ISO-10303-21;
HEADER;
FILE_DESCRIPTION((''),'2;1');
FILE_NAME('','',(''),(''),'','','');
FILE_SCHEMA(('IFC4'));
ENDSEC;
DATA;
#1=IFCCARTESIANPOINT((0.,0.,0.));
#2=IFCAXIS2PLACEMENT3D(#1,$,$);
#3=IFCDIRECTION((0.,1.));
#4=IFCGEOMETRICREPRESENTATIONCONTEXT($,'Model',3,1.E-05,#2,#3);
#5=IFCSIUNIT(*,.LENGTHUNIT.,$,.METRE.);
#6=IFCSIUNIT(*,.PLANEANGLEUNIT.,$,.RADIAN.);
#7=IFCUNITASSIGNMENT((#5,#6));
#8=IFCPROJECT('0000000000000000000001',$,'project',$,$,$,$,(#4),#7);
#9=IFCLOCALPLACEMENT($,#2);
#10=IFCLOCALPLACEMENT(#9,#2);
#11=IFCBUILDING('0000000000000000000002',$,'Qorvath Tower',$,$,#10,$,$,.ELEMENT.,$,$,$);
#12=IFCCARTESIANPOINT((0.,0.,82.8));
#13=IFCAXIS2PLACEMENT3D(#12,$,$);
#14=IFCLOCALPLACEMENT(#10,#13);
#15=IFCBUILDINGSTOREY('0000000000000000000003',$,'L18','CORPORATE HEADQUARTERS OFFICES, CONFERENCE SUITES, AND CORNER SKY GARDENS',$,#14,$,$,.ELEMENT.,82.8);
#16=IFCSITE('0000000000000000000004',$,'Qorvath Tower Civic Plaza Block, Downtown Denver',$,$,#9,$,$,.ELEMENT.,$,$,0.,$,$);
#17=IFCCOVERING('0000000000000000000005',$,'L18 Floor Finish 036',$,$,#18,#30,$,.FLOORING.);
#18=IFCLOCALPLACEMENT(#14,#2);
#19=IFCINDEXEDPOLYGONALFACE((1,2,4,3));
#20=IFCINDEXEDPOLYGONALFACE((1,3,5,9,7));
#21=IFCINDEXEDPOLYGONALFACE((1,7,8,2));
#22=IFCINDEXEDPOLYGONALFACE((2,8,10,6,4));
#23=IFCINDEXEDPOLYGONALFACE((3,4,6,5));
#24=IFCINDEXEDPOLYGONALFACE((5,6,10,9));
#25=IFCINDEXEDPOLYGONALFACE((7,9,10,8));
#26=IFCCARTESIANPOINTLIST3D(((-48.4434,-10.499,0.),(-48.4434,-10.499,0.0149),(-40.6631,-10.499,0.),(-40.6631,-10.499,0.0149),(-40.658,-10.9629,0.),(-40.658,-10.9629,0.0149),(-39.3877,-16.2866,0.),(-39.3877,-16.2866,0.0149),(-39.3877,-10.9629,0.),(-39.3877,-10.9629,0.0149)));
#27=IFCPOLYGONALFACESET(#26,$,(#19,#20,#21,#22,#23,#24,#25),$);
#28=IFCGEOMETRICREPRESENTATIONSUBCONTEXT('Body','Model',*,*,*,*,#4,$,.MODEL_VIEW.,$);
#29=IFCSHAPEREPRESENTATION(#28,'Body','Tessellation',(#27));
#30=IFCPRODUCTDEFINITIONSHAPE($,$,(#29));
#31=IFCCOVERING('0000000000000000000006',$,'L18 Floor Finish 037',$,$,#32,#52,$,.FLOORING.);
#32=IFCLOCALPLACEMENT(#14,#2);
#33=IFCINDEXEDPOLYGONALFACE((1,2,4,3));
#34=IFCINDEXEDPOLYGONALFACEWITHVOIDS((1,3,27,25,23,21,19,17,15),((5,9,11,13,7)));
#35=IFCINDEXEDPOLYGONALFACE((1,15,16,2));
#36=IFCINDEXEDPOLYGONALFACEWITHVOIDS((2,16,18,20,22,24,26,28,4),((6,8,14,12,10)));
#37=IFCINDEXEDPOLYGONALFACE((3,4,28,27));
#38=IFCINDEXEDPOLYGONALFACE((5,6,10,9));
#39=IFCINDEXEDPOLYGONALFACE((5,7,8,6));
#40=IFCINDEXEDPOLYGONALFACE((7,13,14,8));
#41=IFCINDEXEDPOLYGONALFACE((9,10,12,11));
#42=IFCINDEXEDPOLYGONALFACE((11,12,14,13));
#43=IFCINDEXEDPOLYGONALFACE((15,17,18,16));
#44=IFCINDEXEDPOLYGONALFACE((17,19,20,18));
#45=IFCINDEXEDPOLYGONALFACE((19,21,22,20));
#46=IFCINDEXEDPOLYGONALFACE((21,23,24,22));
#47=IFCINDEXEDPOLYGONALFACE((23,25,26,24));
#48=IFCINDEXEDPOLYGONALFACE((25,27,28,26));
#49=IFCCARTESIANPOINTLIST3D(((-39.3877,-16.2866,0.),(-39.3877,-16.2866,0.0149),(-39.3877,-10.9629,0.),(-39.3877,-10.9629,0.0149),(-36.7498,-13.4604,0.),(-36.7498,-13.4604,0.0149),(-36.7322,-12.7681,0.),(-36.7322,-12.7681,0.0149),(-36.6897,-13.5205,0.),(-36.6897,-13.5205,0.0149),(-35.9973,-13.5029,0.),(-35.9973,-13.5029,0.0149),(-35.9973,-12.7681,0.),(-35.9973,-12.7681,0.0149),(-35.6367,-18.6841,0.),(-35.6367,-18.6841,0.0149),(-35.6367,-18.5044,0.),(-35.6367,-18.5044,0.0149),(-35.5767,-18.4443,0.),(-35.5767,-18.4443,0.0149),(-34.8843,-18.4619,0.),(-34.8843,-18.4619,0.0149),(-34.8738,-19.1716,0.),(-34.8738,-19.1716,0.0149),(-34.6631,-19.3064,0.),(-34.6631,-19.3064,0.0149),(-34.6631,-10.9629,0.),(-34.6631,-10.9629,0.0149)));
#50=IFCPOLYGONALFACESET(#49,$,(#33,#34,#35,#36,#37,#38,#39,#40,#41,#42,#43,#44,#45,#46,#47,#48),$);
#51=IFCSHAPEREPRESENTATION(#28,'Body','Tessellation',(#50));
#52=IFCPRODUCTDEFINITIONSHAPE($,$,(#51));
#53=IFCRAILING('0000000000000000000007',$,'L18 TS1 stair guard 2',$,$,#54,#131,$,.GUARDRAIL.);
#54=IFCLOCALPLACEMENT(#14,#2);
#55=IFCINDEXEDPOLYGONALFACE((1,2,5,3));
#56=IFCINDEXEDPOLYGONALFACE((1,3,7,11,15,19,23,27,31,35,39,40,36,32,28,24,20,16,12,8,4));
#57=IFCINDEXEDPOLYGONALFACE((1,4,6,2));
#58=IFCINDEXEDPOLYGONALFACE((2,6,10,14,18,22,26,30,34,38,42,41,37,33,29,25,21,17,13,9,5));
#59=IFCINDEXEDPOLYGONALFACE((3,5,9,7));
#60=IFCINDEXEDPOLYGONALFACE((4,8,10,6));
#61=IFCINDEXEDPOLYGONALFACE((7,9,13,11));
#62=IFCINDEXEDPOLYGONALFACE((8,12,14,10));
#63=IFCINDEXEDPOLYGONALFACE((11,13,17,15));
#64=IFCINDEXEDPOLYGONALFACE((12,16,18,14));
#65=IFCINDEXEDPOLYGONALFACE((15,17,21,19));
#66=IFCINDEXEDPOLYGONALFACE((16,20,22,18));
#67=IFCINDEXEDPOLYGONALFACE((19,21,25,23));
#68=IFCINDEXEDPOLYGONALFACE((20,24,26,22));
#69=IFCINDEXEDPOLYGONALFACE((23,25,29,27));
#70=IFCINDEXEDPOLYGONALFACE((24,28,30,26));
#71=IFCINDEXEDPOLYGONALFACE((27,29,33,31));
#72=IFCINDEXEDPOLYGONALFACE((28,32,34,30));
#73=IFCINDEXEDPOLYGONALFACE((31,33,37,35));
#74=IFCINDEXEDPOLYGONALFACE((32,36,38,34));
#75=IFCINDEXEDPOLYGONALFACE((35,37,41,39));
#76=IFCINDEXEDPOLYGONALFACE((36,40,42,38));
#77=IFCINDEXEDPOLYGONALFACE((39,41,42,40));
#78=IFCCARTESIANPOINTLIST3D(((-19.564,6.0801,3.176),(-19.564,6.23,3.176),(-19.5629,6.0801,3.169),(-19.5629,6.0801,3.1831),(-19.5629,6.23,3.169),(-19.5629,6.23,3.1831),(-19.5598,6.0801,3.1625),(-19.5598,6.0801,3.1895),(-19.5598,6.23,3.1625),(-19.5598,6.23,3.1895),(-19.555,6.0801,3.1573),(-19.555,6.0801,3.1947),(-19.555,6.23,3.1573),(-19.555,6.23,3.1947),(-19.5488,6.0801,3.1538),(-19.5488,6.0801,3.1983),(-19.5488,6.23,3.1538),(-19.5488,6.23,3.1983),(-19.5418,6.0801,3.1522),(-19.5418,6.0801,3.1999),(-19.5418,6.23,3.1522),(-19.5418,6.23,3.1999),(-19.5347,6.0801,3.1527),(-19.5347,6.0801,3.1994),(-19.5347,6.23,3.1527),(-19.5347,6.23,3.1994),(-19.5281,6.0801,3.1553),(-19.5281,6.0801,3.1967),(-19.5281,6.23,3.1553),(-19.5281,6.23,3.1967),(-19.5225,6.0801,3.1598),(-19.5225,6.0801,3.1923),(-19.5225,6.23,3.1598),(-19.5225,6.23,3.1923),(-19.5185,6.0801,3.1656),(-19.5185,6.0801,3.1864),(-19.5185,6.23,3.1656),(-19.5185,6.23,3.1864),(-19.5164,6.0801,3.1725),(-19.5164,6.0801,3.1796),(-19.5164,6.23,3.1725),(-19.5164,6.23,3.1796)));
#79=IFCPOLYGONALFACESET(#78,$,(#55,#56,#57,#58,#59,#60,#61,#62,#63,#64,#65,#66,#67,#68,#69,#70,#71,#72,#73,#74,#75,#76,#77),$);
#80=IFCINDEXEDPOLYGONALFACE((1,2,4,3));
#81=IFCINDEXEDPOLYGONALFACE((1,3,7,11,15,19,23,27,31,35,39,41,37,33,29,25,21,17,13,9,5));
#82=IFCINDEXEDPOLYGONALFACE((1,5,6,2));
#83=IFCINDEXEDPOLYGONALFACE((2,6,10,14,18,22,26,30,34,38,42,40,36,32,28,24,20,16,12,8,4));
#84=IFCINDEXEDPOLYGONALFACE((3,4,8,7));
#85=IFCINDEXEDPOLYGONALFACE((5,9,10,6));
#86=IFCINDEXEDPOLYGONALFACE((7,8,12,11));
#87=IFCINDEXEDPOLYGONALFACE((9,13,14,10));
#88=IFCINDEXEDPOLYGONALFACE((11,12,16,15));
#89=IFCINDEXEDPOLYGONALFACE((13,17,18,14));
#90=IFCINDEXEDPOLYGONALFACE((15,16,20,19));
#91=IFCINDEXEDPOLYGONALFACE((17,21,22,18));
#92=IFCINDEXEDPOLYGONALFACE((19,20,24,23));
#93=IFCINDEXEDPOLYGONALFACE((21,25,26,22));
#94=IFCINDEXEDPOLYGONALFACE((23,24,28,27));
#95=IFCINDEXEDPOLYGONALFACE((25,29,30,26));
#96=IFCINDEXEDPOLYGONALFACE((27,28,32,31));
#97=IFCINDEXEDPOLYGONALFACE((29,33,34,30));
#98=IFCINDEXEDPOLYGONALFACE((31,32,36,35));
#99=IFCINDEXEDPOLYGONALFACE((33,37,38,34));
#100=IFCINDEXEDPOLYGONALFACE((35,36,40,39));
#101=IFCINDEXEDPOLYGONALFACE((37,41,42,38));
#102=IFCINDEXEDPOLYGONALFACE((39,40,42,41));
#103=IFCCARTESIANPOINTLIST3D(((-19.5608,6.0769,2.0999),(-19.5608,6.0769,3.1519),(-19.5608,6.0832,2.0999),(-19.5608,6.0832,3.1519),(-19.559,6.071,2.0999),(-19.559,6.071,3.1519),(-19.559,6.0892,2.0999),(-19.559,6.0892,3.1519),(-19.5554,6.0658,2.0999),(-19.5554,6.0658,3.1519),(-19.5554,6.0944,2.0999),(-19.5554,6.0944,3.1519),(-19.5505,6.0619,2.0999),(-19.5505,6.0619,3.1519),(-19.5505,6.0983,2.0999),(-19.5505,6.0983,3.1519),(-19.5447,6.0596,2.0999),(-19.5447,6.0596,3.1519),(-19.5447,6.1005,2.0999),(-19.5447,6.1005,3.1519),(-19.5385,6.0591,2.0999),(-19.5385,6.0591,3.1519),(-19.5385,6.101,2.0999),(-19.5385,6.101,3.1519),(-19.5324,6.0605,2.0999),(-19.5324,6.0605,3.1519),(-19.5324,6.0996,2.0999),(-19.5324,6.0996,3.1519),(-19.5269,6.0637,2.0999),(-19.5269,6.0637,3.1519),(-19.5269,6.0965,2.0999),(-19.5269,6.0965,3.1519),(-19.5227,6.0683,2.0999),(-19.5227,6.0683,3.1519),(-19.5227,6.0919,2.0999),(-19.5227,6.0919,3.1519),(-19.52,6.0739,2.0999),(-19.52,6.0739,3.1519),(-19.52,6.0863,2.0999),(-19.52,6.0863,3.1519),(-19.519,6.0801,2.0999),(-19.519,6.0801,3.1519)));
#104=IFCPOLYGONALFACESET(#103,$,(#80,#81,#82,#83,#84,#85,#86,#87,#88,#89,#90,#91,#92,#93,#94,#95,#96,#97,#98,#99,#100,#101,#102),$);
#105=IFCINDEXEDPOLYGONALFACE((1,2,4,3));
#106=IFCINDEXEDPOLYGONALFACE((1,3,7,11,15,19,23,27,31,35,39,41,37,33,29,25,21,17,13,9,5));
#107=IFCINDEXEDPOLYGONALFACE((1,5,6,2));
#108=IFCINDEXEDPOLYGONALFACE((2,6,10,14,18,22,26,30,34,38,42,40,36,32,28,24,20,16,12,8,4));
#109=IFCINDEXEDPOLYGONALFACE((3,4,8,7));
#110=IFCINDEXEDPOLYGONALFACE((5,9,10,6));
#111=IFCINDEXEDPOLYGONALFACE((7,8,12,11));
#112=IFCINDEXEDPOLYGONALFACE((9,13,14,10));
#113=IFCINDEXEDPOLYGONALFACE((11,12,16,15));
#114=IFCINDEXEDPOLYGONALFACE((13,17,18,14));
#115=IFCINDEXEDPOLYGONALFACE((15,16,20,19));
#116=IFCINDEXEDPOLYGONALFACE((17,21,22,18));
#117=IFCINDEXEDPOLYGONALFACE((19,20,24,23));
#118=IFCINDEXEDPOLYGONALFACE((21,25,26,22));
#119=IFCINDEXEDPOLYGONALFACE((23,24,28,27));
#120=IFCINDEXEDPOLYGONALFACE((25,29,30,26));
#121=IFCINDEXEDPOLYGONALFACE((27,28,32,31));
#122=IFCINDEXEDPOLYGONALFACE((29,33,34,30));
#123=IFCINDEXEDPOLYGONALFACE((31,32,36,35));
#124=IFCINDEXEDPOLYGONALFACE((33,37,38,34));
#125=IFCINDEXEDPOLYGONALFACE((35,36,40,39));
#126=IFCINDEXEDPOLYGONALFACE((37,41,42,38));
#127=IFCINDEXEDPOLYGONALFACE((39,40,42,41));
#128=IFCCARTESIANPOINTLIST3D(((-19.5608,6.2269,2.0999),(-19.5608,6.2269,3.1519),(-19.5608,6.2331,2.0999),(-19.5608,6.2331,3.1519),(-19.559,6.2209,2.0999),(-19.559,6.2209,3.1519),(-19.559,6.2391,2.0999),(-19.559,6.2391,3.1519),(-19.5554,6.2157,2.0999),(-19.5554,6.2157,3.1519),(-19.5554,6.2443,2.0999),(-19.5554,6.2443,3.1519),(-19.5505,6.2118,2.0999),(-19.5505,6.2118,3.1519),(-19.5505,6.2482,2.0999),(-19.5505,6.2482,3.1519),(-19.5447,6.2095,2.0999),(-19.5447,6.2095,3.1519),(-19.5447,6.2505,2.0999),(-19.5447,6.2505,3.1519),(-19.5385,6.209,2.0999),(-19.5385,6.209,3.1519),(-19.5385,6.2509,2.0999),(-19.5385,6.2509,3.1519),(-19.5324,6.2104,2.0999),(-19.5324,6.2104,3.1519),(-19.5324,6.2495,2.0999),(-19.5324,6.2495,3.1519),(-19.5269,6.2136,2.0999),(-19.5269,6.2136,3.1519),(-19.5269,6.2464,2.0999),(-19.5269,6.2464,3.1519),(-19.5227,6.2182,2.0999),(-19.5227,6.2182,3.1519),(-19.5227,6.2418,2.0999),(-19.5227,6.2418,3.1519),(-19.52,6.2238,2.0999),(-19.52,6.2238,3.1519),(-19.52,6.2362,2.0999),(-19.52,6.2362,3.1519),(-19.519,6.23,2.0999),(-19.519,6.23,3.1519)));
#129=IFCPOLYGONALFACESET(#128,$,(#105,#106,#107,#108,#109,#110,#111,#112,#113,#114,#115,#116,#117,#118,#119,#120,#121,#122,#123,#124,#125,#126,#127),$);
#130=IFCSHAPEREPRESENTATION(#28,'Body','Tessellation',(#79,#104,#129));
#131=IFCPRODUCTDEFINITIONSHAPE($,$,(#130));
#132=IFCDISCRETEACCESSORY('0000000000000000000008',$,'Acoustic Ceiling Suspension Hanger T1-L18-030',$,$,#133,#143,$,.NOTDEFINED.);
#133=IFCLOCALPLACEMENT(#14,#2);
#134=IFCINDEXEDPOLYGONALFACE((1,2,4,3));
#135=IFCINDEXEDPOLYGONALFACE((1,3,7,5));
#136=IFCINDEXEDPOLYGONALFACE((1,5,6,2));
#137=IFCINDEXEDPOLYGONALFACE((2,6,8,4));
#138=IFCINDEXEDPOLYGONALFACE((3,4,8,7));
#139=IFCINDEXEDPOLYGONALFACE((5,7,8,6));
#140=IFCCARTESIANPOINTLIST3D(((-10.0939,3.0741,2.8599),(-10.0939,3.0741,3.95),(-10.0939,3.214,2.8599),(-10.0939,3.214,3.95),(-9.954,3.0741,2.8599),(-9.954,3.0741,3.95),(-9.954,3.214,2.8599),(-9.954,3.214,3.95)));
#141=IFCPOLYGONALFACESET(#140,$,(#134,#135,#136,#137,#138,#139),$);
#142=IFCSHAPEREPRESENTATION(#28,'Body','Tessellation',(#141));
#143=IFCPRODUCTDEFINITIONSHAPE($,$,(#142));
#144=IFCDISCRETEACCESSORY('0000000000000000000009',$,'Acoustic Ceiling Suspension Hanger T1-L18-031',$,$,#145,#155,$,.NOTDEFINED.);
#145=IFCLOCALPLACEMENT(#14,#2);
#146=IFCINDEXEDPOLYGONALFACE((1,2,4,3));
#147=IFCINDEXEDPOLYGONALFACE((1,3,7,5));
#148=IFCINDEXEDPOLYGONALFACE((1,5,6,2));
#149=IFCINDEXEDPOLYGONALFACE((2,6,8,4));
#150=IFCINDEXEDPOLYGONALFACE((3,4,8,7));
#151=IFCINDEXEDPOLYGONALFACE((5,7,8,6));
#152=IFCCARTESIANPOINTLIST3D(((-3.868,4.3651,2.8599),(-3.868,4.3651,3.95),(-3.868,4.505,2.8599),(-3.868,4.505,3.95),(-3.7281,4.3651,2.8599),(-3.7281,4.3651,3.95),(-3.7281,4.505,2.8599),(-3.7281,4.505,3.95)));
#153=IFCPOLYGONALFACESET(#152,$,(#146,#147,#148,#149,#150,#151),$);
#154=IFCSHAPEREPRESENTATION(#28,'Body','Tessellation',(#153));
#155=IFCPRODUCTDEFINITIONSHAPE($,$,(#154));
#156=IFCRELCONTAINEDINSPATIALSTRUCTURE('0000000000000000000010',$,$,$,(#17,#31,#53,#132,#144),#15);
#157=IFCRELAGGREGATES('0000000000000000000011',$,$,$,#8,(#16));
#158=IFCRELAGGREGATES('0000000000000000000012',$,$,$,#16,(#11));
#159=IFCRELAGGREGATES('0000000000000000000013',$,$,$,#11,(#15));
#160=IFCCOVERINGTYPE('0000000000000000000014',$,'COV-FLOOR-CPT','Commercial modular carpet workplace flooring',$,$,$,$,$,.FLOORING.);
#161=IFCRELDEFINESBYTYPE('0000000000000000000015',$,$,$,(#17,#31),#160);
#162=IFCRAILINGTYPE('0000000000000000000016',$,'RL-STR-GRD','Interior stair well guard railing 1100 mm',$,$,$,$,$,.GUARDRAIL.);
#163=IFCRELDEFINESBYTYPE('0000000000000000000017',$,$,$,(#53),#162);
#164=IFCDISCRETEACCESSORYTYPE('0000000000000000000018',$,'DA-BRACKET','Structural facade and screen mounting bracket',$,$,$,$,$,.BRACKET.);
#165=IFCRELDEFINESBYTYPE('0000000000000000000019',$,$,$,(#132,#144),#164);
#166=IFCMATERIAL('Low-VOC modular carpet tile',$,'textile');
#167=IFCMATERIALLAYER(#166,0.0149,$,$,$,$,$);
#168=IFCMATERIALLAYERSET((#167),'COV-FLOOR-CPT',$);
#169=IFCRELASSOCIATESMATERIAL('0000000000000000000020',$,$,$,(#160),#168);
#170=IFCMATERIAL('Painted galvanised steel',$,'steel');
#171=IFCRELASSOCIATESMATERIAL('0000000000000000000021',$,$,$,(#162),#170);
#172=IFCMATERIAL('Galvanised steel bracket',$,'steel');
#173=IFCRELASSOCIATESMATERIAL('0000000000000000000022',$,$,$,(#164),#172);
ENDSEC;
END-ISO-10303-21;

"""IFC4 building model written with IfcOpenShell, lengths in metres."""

from ifc_helpers import new_model, si_unit, direction, frame, origin, origin_2d, place, context, subcontext, project, spatial, polyline, rectangle, circle, outline, extrude, material, layer, layer_set, type_object, element, save


model = new_model("IFC4")

# Units and contexts
model_context = context("Model", 3, precision=1e-05, world=origin(), true_north=direction((0.0, 1.0)))
body_context = subcontext(model_context, "Body", "Model", "MODEL_VIEW")
ifc_project = project(units=[si_unit("LENGTHUNIT", "METRE"), si_unit("PLANEANGLEUNIT", "RADIAN")], contexts=[model_context])

# Site, building, storey
site_placement = place(None, origin())
site = spatial("IfcSite", under=ifc_project, at=site_placement, Name="Qorvath Tower Civic Plaza Block, Downtown Denver", CompositionType="ELEMENT", RefElevation=0.0)
building_placement = place(site_placement, origin())
building = spatial("IfcBuilding", under=site, at=building_placement, Name="Qorvath Tower", CompositionType="ELEMENT")
storey_placement = place(building_placement, frame((0.0, 0.0, 82.8)))
storey = spatial("IfcBuildingStorey", under=building, at=storey_placement, Name="L18", Description="CORPORATE HEADQUARTERS OFFICES, CONFERENCE SUITES, AND CORNER SKY GARDENS", CompositionType="ELEMENT", Elevation=82.8)

# Coverings
ifc_material_1 = material(Name="Low-VOC modular carpet tile", Category="textile")
ifc_layer_1 = layer(ifc_material_1, 0.0149)
ifc_layer_set_1 = layer_set([ifc_layer_1], Name="COV-FLOOR-CPT")
covering_type_1 = type_object("IfcCoveringType", Name="COV-FLOOR-CPT", Description="Commercial modular carpet workplace flooring", PredefinedType="FLOORING", material=ifc_layer_set_1)
covering_1_placement = place(storey_placement, origin())
element("IfcCovering", 1, at=covering_1_placement, inside=storey, type_object=covering_type_1, Name="L18 Floor Finish 036", PredefinedType="FLOORING", context=body_context, shape_type="SweptSolid", body=[
    extrude(outline(polyline([(-40.6631, -10.499), (-48.4434, -10.499), (-39.3877, -16.2866), (-39.3877, -10.9629), (-40.658, -10.9629), (-40.6631, -10.499)])), origin(), (0.0, 0.0, 1.0), 0.0149),
])
covering_2_placement = place(storey_placement, origin())
element("IfcCovering", 2, at=covering_2_placement, inside=storey, type_object=covering_type_1, Name="L18 Floor Finish 037", PredefinedType="FLOORING", context=body_context, shape_type="SweptSolid", body=[
    extrude(outline(polyline([(-39.3877, -10.9629), (-39.3877, -16.2866), (-35.6367, -18.6841), (-35.6367, -18.5044), (-35.5767, -18.4443), (-34.8843, -18.4619), (-34.8738, -19.1716), (-34.6631, -19.3064), (-34.6631, -10.9629), (-39.3877, -10.9629)]), holes=[polyline([(-36.7498, -13.4604), (-36.7322, -12.7681), (-35.9973, -12.7681), (-35.9973, -13.5029), (-36.6897, -13.5205), (-36.7498, -13.4604)])]), origin(), (0.0, 0.0, 1.0), 0.0149),
])

# Railing
ifc_material_2 = material(Name="Painted galvanised steel", Category="steel")
railing_type = type_object("IfcRailingType", Name="RL-STR-GRD", Description="Interior stair well guard railing 1100 mm", PredefinedType="GUARDRAIL", material=ifc_material_2)
railing_placement = place(storey_placement, frame((-19.54, 6.0801, 2.0999)))
element("IfcRailing", 3, at=railing_placement, inside=storey, type_object=railing_type, Name="L18 TS1 stair guard 2", PredefinedType="GUARDRAIL", context=body_context, shape_type="SweptSolid", body=[
    extrude(circle(Radius=0.0239, at=origin_2d()), frame((0.0, 0.0, 1.0762), z_axis=(0.0, 1.0, 0.0), x_axis=(-1.0, 0.0, 0.0)), (0.0, 0.0, 1.0), 0.1499),
    extrude(circle(Radius=0.021, at=origin_2d()), origin(), (0.0, 0.0, 1.0), 1.052),
    extrude(circle(Radius=0.021, at=origin_2d()), frame((0.0, 0.1499, 0.0)), (0.0, 0.0, 1.0), 1.052),
])

# Discrete accessories
ifc_material_3 = material(Name="Galvanised steel bracket", Category="steel")
discrete_accessory_type = type_object("IfcDiscreteAccessoryType", Name="DA-BRACKET", Description="Structural facade and screen mounting bracket", PredefinedType="BRACKET", material=ifc_material_3)
for number, where, z_axis, x_axis, name in (
    (4, (-10.0239, 3.144, 2.8599), (0.0, 0.0, 1.0), (1.0, 0.0, 0.0), "Acoustic Ceiling Suspension Hanger T1-L18-030"),
    (5, (-3.7981, 4.4351, 2.8599), (0.0, 0.0, 1.0), (1.0, 0.0, 0.0), "Acoustic Ceiling Suspension Hanger T1-L18-031"),
):
    element("IfcDiscreteAccessory", number, at=place(storey_placement, frame(where, z_axis=z_axis, x_axis=x_axis)), inside=storey, type_object=discrete_accessory_type, Name=name, PredefinedType="NOTDEFINED", context=body_context, shape_type="SweptSolid", body=[
        extrude(rectangle(XDim=0.1399, YDim=0.1399, at=origin_2d()), origin(), (0.0, 0.0, 1.0), 1.0901),
    ])

save(model, "model.ifc")
